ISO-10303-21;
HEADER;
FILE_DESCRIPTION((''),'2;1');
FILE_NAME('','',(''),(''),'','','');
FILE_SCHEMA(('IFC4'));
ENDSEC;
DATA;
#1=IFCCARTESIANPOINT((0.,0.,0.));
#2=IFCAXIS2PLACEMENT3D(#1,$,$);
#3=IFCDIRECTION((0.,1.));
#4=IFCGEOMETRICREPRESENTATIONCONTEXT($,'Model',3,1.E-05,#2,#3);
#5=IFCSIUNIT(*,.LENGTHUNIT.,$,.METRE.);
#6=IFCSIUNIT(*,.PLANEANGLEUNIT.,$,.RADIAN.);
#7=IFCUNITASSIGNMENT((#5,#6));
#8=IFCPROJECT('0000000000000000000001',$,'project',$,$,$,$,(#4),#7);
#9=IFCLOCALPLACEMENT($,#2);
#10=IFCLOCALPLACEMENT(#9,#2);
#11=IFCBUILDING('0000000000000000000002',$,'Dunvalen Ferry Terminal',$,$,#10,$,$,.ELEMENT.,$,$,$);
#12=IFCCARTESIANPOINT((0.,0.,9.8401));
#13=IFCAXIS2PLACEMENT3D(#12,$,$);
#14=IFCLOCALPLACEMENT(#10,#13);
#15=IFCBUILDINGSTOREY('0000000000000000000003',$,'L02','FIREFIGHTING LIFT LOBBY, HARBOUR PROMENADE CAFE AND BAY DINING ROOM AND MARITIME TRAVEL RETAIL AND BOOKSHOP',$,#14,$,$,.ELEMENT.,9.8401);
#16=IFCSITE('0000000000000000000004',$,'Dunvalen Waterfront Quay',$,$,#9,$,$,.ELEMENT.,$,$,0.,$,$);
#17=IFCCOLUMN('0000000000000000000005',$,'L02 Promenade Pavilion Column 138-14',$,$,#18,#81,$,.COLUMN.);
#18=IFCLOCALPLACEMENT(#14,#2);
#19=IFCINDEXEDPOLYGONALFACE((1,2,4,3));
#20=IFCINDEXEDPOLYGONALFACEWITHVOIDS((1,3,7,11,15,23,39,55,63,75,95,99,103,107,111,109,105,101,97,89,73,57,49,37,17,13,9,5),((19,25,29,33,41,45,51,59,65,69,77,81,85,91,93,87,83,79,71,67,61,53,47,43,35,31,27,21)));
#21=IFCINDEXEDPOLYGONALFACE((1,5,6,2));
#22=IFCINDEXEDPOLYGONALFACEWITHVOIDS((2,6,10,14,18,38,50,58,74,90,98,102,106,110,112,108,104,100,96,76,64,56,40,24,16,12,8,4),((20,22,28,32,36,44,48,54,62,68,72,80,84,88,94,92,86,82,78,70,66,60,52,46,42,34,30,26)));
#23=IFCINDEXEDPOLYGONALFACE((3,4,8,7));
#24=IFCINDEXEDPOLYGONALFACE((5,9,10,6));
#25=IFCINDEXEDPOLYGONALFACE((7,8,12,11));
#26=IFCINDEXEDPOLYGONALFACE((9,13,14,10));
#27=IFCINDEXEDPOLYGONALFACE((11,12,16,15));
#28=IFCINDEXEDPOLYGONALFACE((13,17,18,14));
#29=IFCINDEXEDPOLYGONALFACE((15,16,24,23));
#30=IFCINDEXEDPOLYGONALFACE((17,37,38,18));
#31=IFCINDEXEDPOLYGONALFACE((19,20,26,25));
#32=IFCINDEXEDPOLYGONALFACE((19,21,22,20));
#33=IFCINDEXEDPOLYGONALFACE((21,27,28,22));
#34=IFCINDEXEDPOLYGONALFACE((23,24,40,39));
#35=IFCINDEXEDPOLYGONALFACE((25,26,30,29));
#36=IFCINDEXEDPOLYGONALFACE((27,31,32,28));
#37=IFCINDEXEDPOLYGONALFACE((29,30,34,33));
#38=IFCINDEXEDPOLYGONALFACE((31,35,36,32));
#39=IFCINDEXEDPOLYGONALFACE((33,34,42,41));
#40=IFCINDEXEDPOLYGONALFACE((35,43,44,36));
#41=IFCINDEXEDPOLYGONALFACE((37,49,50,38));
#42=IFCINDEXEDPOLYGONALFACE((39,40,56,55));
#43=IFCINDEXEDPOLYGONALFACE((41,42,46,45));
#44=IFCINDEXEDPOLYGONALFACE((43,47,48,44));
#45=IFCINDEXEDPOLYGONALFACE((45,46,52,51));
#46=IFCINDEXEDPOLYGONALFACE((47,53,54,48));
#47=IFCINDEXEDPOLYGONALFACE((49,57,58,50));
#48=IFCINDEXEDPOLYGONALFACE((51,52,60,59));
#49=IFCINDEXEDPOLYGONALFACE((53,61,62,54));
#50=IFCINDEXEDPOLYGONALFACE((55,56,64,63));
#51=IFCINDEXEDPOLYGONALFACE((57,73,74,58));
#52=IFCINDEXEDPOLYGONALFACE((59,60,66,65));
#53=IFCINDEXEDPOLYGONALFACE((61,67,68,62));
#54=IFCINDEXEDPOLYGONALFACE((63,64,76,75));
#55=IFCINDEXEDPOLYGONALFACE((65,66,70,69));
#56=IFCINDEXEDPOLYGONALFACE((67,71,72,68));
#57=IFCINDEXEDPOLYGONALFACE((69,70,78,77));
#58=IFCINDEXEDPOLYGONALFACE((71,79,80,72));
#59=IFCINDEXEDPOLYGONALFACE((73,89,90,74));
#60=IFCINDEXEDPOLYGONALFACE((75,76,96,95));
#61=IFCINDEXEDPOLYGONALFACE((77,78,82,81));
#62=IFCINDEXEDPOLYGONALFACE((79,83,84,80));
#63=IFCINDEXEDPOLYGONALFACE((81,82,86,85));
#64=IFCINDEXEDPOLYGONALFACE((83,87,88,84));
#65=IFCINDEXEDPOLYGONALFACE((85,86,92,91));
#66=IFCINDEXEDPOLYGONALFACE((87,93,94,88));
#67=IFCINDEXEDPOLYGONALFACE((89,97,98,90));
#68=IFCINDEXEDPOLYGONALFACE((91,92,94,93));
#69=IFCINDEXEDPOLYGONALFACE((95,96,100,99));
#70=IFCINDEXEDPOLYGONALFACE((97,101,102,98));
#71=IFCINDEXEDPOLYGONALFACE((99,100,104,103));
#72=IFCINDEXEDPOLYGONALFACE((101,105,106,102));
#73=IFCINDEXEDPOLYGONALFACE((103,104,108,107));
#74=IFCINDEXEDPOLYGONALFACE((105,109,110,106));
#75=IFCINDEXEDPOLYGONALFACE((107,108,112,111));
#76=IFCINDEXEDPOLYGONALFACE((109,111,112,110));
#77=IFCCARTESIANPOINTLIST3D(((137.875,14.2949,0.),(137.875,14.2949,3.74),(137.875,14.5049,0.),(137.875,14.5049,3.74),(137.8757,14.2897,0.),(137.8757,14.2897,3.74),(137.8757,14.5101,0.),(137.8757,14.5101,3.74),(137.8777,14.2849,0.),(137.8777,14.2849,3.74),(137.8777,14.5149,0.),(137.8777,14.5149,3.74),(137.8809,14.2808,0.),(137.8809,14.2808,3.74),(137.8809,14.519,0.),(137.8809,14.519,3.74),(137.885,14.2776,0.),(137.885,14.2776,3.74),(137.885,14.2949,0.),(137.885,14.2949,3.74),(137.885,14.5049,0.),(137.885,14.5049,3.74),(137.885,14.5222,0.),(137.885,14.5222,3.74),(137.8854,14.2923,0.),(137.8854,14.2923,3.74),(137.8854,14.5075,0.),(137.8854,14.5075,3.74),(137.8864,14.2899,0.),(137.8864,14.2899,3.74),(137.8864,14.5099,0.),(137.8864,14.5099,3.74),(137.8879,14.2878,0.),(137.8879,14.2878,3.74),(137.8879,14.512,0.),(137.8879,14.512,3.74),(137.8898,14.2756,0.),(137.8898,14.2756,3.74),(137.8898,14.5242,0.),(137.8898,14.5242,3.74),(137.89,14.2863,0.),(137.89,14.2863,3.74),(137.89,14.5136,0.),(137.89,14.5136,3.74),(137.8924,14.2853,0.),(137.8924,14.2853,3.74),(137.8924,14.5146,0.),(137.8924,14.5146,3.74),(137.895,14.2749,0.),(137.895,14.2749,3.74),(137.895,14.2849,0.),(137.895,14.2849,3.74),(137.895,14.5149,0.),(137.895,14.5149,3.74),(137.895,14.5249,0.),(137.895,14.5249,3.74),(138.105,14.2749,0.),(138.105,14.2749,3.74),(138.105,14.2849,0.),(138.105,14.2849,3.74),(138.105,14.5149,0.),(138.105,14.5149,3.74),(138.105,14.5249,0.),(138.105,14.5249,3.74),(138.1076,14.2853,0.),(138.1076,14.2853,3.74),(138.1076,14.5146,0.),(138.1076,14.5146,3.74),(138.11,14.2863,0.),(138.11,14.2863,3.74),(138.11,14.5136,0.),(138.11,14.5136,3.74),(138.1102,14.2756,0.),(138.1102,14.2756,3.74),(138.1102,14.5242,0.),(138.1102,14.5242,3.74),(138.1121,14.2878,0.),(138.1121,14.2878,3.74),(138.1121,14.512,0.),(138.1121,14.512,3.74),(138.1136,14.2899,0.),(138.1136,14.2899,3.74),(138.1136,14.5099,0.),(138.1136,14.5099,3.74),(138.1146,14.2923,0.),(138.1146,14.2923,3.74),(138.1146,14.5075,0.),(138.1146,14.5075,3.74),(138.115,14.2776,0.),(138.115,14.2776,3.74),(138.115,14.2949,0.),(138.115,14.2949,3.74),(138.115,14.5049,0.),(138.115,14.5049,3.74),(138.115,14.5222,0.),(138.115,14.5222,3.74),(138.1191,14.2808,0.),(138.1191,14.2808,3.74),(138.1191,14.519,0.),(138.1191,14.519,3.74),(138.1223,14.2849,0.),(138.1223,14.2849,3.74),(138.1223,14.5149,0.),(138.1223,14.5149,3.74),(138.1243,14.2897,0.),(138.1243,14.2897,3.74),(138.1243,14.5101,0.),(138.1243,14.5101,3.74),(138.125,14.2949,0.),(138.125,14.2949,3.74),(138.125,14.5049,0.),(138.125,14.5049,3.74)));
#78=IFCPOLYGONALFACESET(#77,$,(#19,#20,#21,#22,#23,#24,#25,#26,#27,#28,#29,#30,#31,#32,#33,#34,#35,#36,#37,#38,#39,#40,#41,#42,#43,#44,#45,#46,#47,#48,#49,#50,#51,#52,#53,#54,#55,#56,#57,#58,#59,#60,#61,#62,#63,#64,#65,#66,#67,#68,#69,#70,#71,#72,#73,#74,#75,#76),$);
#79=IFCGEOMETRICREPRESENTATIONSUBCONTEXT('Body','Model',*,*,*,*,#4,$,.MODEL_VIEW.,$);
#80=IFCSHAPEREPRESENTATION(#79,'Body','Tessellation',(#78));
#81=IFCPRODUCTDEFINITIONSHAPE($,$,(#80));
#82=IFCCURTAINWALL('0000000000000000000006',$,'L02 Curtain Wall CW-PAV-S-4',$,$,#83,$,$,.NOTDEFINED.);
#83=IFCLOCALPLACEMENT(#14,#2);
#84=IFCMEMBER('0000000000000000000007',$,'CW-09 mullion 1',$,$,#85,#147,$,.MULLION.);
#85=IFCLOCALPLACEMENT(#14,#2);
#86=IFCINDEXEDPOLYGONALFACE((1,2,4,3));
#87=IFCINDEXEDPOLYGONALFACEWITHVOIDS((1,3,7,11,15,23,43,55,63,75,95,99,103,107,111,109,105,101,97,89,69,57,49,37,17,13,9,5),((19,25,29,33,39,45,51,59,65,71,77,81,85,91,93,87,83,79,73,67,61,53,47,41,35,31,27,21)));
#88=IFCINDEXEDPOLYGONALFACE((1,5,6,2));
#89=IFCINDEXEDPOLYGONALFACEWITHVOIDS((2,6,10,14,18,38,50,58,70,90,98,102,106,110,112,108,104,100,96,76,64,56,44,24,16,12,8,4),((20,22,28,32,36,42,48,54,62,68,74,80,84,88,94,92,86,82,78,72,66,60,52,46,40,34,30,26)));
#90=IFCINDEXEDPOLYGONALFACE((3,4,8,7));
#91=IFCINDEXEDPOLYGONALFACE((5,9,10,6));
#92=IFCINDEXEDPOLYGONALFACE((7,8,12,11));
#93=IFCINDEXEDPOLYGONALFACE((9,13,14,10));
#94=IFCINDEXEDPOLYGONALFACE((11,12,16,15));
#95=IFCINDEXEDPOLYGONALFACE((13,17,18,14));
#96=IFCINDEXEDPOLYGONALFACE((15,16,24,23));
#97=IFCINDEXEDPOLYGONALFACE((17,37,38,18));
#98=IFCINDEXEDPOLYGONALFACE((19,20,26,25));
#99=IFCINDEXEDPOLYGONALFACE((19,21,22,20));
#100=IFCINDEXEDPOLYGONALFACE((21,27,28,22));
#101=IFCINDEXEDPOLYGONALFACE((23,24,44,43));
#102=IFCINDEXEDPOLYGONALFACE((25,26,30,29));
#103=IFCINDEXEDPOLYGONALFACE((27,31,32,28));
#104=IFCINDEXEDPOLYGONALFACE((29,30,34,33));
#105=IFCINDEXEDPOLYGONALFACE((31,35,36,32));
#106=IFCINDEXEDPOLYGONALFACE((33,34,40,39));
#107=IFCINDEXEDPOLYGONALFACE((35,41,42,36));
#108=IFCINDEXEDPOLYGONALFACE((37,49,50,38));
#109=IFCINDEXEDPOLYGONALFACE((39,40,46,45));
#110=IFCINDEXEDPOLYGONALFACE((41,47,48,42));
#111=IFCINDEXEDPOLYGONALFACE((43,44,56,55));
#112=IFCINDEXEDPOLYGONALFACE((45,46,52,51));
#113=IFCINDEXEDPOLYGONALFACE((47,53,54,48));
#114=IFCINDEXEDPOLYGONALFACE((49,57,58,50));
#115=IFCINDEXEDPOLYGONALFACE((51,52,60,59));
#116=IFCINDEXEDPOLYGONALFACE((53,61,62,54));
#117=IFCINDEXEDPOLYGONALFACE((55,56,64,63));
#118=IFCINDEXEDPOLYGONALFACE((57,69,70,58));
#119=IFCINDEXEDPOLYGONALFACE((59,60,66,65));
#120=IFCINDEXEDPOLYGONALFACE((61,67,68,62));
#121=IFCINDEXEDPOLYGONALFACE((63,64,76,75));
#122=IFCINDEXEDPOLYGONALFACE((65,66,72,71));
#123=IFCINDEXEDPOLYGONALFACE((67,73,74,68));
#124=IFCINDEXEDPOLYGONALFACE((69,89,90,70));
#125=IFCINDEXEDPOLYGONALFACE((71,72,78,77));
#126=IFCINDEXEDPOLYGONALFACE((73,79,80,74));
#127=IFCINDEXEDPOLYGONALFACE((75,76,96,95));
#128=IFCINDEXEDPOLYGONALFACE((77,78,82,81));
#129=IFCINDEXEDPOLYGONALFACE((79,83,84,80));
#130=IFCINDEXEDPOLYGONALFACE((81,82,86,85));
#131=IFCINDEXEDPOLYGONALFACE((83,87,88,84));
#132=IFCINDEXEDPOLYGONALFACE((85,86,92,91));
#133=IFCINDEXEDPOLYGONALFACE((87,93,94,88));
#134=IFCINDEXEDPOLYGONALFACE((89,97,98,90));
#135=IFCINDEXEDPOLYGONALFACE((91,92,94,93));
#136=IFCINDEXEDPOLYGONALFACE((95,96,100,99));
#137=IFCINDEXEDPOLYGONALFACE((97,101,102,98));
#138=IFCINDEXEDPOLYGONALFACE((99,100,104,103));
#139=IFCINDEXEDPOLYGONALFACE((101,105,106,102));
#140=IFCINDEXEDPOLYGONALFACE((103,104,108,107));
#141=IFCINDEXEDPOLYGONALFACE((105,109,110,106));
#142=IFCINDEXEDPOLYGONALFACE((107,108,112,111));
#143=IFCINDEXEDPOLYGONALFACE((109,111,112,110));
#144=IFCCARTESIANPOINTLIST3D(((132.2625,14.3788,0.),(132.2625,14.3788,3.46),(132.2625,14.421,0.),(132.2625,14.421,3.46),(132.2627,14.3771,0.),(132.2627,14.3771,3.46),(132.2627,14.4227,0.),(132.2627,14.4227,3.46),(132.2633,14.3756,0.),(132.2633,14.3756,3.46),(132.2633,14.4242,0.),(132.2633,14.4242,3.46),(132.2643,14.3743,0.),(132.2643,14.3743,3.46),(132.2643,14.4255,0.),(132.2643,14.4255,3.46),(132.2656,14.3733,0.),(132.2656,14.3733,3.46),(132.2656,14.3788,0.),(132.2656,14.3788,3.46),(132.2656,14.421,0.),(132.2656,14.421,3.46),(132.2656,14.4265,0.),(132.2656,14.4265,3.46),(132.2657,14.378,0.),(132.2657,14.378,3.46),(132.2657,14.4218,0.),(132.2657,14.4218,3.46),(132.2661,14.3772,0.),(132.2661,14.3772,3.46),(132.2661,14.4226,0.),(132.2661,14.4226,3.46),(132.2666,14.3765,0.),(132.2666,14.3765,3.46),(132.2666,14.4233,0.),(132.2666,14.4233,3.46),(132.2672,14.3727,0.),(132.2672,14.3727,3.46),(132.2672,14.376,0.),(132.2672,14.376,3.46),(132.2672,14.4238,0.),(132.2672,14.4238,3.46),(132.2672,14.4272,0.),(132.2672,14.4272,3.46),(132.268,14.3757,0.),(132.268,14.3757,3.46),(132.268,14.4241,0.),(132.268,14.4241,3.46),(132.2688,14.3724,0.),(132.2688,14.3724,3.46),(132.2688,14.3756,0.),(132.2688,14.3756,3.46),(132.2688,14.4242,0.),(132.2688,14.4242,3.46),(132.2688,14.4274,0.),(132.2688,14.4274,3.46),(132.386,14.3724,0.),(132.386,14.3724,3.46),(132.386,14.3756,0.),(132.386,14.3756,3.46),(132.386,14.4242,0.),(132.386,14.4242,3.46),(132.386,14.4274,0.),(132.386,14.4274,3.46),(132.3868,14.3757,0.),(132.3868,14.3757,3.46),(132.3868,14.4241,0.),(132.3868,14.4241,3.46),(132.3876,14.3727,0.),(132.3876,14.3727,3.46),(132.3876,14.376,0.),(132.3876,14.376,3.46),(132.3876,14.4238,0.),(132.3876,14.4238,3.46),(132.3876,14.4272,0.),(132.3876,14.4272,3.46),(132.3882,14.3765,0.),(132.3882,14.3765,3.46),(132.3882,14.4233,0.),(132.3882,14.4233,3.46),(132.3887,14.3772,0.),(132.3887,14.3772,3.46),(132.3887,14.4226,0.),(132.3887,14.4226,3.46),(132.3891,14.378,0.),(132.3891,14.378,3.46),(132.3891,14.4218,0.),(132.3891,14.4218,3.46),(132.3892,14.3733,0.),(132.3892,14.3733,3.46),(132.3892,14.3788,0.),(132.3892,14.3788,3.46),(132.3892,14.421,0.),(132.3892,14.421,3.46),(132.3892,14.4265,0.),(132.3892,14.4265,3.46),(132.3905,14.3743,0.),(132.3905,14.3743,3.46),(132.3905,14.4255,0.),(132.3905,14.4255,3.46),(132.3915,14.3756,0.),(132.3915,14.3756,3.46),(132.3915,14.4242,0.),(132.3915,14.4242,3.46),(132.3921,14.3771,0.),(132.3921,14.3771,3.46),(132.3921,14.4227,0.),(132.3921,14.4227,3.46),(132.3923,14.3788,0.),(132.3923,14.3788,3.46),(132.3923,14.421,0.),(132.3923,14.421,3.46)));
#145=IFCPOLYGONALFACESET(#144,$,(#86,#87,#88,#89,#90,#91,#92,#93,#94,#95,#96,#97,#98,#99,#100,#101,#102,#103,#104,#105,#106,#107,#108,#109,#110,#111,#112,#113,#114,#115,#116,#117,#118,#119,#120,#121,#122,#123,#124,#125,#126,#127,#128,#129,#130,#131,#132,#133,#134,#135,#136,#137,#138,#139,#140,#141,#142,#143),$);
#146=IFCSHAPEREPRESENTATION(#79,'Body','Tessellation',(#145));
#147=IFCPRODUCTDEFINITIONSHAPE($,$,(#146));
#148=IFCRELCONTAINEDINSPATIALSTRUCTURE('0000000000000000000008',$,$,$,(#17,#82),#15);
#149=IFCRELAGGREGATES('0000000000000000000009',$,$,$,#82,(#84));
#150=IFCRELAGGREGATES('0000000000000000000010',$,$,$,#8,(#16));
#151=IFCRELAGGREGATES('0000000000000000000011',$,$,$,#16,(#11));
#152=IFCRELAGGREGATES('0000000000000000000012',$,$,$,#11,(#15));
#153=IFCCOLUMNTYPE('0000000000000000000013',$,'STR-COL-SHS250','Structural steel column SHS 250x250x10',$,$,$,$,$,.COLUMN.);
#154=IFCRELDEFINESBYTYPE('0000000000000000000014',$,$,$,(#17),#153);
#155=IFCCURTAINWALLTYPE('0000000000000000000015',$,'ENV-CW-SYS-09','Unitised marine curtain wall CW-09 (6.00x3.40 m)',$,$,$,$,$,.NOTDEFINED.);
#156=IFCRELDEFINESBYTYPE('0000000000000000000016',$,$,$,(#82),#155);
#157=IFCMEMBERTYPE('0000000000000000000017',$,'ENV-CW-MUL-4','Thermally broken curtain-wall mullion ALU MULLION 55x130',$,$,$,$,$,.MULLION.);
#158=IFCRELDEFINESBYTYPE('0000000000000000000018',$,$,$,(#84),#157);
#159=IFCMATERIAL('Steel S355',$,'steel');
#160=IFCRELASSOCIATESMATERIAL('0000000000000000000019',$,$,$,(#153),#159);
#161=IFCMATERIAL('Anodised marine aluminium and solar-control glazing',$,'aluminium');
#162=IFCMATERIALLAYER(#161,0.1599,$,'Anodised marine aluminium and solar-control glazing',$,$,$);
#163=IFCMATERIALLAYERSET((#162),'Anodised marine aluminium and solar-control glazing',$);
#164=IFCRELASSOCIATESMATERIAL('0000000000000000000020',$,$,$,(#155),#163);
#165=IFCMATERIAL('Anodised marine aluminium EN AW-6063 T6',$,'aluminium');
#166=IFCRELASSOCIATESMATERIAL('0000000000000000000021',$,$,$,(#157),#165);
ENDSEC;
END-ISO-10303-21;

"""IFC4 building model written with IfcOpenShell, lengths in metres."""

from ifc_helpers import new_model, si_unit, direction, frame, origin, origin_2d, place, context, subcontext, project, spatial, hollow_rectangle, extrude, material, layer, layer_set, material_profile, profile_set, type_object, element, aggregate, save


model = new_model("IFC4")

# Units and contexts
model_context = context("Model", 3, precision=1e-05, world=origin(), true_north=direction((0.0, 1.0)))
body_context = subcontext(model_context, "Body", "Model", "MODEL_VIEW")
ifc_project = project(units=[si_unit("LENGTHUNIT", "METRE"), si_unit("PLANEANGLEUNIT", "RADIAN")], contexts=[model_context])

# Site, building, storey
site_placement = place(None, origin())
site = spatial("IfcSite", under=ifc_project, at=site_placement, Name="Dunvalen Waterfront Quay", CompositionType="ELEMENT", RefElevation=0.0)
building_placement = place(site_placement, origin())
building = spatial("IfcBuilding", under=site, at=building_placement, Name="Dunvalen Ferry Terminal", CompositionType="ELEMENT")
storey_placement = place(building_placement, frame((0.0, 0.0, 9.8401)))
storey = spatial("IfcBuildingStorey", under=building, at=storey_placement, Name="L02", Description="FIREFIGHTING LIFT LOBBY, HARBOUR PROMENADE CAFE AND BAY DINING ROOM AND MARITIME TRAVEL RETAIL AND BOOKSHOP", CompositionType="ELEMENT", Elevation=9.8401)

# Column
ifc_material_1 = material(Name="Steel S355", Category="steel")
ifc_material_profile_1 = material_profile(ifc_material_1, hollow_rectangle(XDim=0.25, YDim=0.25, WallThickness=0.01, InnerFilletRadius=0.01, OuterFilletRadius=0.02, at=origin_2d()), Name="Steel S355")
ifc_profile_set_1 = profile_set([ifc_material_profile_1], Name="Steel S355")
column_type = type_object("IfcColumnType", Name="STR-COL-SHS250", Description="Structural steel column SHS 250x250x10", PredefinedType="COLUMN", material=ifc_profile_set_1)
for number, where, z_axis, x_axis, name in (
    (1, (138.0, 14.3999, 0.0), (0.0, 0.0, 1.0), (1.0, 0.0, 0.0), "L02 Promenade Pavilion Column 138-14"),
):
    element("IfcColumn", number, at=place(storey_placement, frame(where, z_axis=z_axis, x_axis=x_axis)), inside=storey, type_object=column_type, Name=name, PredefinedType="COLUMN", context=body_context, shape_type="SweptSolid", body=[
        extrude(hollow_rectangle(XDim=0.25, YDim=0.25, WallThickness=0.01, InnerFilletRadius=0.01, OuterFilletRadius=0.02, at=origin_2d()), origin(), (0.0, 0.0, 1.0), 3.74),
    ])

# Curtain wall, member
ifc_material_2 = material(Name="Anodised marine aluminium and solar-control glazing", Category="aluminium")
ifc_layer_1 = layer(ifc_material_2, 0.1599, Name="Anodised marine aluminium and solar-control glazing")
ifc_layer_set_1 = layer_set([ifc_layer_1], Name="Anodised marine aluminium and solar-control glazing")
curtain_wall_type = type_object("IfcCurtainWallType", Name="ENV-CW-SYS-09", Description="Unitised marine curtain wall CW-09 (6.00x3.40 m)", PredefinedType="NOTDEFINED", material=ifc_layer_set_1)
curtain_wall_placement = place(storey_placement, origin())
curtain_wall = element("IfcCurtainWall", 2, at=curtain_wall_placement, inside=storey, type_object=curtain_wall_type, Name="L02 Curtain Wall CW-PAV-S-4", PredefinedType="NOTDEFINED")
ifc_material_3 = material(Name="Anodised marine aluminium EN AW-6063 T6", Category="aluminium")
ifc_material_profile_2 = material_profile(ifc_material_3, hollow_rectangle(XDim=0.0549, YDim=0.1299, WallThickness=0.0032, InnerFilletRadius=0.0032, OuterFilletRadius=0.0063, at=origin_2d()), Name="Anodised marine aluminium EN AW-6063 T6")
ifc_profile_set_2 = profile_set([ifc_material_profile_2], Name="Anodised marine aluminium EN AW-6063 T6")
member_type_1 = type_object("IfcMemberType", Name="ENV-CW-MUL-4", Description="Thermally broken curtain-wall mullion ALU MULLION 55x130", PredefinedType="MULLION", material=ifc_profile_set_2)
member_1_placement = place(storey_placement, frame((132.3274, 14.3999, 0.0), z_axis=(0.0, 0.0, 1.0), x_axis=(0.0, 1.0, 0.0)))
member_1 = element("IfcMember", 3, at=member_1_placement, type_object=member_type_1, Name="CW-09 mullion 1", PredefinedType="MULLION", context=body_context, shape_type="SweptSolid", body=[
    extrude(hollow_rectangle(XDim=0.0549, YDim=0.1299, WallThickness=0.0032, InnerFilletRadius=0.0032, OuterFilletRadius=0.0063, at=origin_2d()), origin(), (0.0, 0.0, 1.0), 3.46),
])

aggregate(curtain_wall, [member_1])

save(model, "model.ifc")
